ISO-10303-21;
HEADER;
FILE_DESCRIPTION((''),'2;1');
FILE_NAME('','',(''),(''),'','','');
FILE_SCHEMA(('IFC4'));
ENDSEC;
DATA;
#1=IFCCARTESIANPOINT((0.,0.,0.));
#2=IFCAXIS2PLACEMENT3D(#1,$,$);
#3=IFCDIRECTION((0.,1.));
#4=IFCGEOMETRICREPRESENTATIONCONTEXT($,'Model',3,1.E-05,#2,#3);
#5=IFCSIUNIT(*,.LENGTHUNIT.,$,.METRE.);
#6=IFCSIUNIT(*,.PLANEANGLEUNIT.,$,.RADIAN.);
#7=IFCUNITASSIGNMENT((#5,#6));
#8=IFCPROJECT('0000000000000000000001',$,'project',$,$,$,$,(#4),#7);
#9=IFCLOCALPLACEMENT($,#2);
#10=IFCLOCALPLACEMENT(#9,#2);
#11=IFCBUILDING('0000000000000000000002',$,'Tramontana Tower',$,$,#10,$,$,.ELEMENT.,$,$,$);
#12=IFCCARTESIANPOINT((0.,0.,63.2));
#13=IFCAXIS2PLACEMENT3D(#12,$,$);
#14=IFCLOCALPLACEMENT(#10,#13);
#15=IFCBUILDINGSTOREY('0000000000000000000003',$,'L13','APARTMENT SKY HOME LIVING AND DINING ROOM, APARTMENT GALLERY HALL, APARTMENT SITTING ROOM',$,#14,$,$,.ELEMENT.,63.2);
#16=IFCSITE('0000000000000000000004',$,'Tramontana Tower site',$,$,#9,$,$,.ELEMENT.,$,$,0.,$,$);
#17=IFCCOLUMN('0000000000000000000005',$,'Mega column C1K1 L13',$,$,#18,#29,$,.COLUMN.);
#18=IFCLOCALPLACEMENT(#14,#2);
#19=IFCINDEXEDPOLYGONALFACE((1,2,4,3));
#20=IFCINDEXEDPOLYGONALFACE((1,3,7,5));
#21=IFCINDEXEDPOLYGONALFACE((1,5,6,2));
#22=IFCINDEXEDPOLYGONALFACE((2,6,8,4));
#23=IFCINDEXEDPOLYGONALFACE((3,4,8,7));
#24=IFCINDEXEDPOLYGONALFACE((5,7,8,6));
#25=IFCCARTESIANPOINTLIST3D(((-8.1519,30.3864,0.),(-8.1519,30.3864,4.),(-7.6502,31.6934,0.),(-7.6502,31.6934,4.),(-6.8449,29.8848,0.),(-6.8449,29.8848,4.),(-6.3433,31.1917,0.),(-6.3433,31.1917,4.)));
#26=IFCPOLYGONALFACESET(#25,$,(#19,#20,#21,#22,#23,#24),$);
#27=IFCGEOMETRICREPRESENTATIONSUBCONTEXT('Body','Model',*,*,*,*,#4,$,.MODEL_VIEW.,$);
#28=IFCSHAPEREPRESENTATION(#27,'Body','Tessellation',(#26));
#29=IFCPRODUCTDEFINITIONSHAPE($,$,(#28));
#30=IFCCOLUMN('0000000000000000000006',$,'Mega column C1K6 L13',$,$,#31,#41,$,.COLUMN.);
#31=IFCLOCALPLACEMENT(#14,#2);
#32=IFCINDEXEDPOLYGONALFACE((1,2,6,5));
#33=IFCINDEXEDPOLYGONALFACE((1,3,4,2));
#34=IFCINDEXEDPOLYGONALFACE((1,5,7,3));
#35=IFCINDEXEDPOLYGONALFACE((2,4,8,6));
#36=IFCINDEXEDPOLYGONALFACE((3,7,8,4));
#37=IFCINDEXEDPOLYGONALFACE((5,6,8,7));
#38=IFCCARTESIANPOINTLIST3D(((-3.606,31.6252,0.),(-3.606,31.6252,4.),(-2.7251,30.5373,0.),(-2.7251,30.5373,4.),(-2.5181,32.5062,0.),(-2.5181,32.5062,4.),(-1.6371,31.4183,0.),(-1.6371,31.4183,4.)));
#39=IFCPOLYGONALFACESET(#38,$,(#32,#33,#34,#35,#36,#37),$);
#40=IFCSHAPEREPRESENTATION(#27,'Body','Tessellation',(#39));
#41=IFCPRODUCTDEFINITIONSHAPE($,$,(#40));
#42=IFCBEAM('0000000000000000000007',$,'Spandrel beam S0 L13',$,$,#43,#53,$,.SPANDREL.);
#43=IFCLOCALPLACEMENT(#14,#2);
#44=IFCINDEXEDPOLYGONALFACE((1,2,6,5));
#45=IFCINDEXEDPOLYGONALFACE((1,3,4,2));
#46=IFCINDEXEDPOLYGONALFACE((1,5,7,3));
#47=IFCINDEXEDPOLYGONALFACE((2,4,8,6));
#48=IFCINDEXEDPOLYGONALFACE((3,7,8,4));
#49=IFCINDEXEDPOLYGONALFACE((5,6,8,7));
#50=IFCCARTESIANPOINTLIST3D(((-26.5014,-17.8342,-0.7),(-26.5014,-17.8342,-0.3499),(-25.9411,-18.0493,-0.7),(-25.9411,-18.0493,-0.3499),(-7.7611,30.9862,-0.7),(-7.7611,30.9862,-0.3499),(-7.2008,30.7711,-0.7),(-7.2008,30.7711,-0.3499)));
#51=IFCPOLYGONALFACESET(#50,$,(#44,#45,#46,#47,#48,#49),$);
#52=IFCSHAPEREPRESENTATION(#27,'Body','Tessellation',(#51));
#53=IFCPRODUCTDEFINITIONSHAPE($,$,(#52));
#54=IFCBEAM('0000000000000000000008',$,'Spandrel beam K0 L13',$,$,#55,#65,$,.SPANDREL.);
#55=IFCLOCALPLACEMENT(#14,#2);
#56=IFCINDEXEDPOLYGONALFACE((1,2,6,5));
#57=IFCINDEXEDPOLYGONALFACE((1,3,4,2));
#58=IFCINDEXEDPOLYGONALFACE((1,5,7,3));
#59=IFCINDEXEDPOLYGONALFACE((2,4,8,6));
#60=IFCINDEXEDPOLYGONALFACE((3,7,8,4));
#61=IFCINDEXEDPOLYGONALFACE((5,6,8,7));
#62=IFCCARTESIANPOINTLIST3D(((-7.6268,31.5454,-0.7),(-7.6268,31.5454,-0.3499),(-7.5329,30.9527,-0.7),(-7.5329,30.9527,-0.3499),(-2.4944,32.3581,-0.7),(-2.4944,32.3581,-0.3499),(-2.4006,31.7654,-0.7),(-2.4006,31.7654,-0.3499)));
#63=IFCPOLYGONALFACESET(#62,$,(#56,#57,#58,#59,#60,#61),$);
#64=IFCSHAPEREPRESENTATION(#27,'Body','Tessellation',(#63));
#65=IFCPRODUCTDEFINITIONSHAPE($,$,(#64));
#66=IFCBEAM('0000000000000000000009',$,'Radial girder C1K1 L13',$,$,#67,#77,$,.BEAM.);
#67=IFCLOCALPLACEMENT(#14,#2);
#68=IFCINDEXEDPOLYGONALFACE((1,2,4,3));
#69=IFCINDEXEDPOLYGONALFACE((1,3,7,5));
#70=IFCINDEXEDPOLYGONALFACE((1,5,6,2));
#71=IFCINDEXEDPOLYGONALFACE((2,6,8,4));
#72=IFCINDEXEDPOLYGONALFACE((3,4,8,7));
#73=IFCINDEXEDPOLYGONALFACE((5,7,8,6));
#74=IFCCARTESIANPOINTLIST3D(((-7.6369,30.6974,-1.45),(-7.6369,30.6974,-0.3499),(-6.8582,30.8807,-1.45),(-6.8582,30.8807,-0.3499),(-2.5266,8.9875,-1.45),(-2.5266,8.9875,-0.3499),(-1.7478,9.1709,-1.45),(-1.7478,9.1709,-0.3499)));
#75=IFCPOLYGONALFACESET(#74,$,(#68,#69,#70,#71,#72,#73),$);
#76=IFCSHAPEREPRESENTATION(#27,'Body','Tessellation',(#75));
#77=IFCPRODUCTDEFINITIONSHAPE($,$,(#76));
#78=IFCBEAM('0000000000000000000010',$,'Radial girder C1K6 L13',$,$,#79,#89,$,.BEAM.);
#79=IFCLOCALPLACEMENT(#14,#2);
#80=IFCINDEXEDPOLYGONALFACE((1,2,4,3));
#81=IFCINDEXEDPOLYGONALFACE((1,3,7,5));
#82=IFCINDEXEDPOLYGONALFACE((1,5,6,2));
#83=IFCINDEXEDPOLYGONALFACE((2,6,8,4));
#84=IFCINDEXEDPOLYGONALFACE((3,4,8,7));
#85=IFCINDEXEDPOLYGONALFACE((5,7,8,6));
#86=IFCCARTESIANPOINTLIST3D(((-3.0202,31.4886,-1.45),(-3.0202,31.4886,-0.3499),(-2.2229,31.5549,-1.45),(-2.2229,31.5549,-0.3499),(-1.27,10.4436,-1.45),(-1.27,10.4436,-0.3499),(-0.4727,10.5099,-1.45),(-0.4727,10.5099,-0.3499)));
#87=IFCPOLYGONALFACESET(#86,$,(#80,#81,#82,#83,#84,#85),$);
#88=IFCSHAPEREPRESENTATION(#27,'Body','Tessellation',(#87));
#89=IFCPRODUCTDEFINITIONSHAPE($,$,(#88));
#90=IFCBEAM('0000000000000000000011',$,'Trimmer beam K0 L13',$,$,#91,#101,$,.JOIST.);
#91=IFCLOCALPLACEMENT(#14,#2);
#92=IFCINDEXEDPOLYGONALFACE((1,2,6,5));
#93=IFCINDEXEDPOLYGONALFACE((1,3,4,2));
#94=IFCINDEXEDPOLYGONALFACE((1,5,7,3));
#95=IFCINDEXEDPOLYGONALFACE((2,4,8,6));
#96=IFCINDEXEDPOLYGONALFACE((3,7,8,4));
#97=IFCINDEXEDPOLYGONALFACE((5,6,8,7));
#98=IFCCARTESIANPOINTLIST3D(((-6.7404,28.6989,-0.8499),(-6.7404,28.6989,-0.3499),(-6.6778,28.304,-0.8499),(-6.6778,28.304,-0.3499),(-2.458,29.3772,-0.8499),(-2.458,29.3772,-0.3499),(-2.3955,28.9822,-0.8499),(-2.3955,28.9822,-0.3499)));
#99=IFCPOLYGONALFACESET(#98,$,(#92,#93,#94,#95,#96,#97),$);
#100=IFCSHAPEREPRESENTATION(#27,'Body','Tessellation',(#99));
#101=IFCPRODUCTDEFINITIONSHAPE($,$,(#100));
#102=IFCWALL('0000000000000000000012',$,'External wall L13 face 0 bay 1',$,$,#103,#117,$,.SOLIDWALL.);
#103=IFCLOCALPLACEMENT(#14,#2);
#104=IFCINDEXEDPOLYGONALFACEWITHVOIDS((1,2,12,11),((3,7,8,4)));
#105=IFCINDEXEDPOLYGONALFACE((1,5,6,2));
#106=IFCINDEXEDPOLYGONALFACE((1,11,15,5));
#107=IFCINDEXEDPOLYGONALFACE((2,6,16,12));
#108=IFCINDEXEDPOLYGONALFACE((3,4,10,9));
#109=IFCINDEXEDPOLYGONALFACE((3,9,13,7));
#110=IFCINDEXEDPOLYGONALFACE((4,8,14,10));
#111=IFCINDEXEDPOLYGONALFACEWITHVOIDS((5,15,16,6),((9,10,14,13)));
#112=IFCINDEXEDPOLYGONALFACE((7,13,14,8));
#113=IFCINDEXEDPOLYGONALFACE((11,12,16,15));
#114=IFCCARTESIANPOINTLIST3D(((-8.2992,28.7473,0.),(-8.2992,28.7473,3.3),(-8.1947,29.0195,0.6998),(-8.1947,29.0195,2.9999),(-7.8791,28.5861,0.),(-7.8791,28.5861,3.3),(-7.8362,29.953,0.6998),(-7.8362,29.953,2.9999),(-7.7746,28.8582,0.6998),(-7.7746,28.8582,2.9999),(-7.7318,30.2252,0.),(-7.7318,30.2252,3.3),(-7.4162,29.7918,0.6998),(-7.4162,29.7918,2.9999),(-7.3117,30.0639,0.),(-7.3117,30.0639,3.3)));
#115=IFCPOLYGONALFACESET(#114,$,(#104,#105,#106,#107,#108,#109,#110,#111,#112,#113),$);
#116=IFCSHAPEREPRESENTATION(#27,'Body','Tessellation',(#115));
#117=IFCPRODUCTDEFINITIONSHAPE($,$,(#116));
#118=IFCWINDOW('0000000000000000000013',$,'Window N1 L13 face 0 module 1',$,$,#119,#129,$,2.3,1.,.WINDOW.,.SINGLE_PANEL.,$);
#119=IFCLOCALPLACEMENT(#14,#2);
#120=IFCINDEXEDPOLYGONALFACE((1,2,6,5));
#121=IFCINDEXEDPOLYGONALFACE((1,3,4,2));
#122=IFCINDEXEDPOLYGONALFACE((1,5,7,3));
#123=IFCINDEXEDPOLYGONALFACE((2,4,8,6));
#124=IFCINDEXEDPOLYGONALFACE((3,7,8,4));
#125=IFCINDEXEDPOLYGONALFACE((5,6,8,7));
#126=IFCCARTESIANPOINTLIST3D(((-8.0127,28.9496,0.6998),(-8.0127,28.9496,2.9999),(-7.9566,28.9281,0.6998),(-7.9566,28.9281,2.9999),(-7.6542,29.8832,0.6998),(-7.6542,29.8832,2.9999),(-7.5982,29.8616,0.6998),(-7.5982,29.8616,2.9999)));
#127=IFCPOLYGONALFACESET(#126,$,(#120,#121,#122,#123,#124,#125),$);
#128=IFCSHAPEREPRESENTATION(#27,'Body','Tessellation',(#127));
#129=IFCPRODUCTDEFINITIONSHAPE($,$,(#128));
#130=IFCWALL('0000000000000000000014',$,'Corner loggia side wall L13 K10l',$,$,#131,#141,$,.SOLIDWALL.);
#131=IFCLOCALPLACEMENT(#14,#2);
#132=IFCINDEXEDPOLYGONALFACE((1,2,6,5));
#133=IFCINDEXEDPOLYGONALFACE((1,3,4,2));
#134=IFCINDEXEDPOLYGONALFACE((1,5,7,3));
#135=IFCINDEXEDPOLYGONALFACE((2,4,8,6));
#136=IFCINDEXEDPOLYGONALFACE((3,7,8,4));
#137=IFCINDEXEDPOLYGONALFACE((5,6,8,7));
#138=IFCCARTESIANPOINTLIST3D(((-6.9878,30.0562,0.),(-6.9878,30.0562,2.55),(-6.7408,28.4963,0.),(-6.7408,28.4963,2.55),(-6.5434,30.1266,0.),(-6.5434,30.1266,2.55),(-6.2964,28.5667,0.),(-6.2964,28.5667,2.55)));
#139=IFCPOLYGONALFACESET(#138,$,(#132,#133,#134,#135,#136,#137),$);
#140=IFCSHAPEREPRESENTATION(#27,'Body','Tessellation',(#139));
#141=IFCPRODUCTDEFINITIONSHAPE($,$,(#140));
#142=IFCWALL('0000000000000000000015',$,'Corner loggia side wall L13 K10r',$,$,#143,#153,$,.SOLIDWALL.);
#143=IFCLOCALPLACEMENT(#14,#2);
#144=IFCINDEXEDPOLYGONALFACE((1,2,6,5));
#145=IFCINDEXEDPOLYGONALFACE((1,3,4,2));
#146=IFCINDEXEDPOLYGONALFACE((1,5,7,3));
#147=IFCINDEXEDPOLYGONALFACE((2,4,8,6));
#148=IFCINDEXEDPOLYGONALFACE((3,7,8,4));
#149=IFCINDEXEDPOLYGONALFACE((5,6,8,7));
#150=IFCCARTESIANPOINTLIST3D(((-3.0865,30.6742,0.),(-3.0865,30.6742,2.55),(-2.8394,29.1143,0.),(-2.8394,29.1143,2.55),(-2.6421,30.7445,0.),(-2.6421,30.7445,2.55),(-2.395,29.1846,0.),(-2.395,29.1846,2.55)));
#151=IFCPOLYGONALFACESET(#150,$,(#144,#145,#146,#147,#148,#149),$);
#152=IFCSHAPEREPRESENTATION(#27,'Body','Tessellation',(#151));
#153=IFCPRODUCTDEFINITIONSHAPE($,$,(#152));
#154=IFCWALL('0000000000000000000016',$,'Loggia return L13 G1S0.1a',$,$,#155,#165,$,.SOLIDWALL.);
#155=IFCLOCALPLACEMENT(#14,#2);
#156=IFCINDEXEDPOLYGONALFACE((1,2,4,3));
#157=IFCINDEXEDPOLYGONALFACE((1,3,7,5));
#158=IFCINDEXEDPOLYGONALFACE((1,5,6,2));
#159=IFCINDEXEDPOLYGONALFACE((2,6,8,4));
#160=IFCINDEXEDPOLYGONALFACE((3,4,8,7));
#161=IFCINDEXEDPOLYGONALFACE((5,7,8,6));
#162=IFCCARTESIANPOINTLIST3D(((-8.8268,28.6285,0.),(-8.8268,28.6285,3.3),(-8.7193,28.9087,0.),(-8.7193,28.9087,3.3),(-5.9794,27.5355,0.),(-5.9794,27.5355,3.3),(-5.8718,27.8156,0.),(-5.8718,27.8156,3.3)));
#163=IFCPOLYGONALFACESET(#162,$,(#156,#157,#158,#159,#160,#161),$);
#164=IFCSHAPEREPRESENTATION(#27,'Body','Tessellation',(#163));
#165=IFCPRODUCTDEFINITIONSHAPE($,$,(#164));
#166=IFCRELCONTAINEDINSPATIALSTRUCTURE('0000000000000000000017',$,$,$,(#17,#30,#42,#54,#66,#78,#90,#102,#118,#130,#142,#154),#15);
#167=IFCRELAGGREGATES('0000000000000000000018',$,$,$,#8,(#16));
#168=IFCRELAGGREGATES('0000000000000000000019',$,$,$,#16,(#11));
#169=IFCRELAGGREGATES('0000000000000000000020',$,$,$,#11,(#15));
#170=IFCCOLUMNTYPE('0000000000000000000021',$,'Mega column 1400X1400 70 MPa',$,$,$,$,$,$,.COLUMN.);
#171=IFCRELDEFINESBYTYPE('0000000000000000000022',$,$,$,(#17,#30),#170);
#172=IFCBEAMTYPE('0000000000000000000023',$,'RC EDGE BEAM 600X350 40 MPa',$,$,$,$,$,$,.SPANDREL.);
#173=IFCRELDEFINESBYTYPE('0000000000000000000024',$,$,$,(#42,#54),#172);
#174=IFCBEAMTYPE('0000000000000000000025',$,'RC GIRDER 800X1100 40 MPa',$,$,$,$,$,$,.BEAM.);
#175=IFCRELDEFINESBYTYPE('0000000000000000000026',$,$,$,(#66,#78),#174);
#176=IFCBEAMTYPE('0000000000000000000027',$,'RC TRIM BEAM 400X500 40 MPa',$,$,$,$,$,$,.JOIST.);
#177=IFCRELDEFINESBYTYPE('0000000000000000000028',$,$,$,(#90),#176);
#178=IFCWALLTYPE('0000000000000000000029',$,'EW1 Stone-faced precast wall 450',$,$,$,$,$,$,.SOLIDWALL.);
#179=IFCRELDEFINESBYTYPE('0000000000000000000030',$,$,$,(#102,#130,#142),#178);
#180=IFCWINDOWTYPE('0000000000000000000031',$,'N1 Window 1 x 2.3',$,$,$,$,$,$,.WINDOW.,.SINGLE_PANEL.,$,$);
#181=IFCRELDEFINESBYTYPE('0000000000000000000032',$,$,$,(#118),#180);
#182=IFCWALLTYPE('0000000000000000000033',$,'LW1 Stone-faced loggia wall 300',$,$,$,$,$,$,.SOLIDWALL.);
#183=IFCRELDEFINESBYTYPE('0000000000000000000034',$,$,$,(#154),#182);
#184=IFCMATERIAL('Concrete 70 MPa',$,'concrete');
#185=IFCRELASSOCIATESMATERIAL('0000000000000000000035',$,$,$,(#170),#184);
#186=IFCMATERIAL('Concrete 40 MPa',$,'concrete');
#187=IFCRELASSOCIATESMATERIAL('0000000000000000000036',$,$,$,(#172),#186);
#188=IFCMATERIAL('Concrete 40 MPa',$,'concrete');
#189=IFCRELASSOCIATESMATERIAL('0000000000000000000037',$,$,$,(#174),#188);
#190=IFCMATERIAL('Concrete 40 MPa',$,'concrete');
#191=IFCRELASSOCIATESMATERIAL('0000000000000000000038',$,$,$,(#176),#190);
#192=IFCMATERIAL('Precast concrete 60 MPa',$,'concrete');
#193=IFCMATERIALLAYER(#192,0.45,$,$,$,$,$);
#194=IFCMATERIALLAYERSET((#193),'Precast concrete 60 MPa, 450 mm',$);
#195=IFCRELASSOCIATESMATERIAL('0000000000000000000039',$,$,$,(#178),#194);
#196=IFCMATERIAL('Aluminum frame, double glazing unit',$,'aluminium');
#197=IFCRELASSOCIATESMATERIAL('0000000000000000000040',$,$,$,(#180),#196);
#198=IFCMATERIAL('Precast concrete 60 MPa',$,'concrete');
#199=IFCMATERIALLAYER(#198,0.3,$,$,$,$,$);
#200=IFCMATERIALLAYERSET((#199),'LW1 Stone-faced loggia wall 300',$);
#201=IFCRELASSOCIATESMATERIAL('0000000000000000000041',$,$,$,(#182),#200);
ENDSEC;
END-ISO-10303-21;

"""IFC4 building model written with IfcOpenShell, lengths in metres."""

from ifc_helpers import new_model, si_unit, direction, frame, frame_2d, origin, origin_2d, place, context, subcontext, project, spatial, rectangle, extrude, material, layer, layer_set, material_profile, profile_set, type_object, element, fill, save


model = new_model("IFC4")

# Units and contexts
model_context = context("Model", 3, precision=1e-05, world=origin(), true_north=direction((0.0, 1.0)))
body_context = subcontext(model_context, "Body", "Model", "MODEL_VIEW")
ifc_project = project(units=[si_unit("LENGTHUNIT", "METRE"), si_unit("PLANEANGLEUNIT", "RADIAN")], contexts=[model_context])

# Site, building, storey
site_placement = place(None, origin())
site = spatial("IfcSite", under=ifc_project, at=site_placement, Name="Tramontana Tower site", CompositionType="ELEMENT", RefElevation=0.0)
building_placement = place(site_placement, origin())
building = spatial("IfcBuilding", under=site, at=building_placement, Name="Tramontana Tower", CompositionType="ELEMENT")
storey_placement = place(building_placement, frame((0.0, 0.0, 63.2)))
storey = spatial("IfcBuildingStorey", under=building, at=storey_placement, Name="L13", Description="APARTMENT SKY HOME LIVING AND DINING ROOM, APARTMENT GALLERY HALL, APARTMENT SITTING ROOM", CompositionType="ELEMENT", Elevation=63.2)

# Columns
ifc_material_1 = material(Name="Concrete 70 MPa", Category="concrete")
ifc_material_profile_1 = material_profile(ifc_material_1, rectangle(XDim=1.3999, YDim=1.3999, at=origin_2d()), Name="Mega column 1400X1400 70 MPa")
ifc_profile_set_1 = profile_set([ifc_material_profile_1], Name="Concrete 70 MPa")
column_type = type_object("IfcColumnType", Name="Mega column 1400X1400 70 MPa", PredefinedType="COLUMN", material=ifc_profile_set_1)
for number, where, z_axis, x_axis, name in (
    (1, (-7.2476, 30.7891, 0.0), (0.0, 0.0, 1.0), (-0.358368, -0.93358, 0.0), "Mega column C1K1 L13"),
    (2, (-2.6216, 31.5217, 0.0), (0.0, 0.0, 1.0), (-0.62932, 0.777146, 0.0), "Mega column C1K6 L13"),
):
    element("IfcColumn", number, at=place(storey_placement, frame(where, z_axis=z_axis, x_axis=x_axis)), inside=storey, type_object=column_type, Name=name, PredefinedType="COLUMN", context=body_context, shape_type="SweptSolid", body=[
        extrude(rectangle(XDim=1.3999, YDim=1.3999, at=origin_2d()), origin(), (0.0, 0.0, 1.0), 4.0),
    ])

# Beams
ifc_material_2 = material(Name="Concrete 40 MPa", Category="concrete")
ifc_material_profile_2 = material_profile(ifc_material_2, rectangle(XDim=0.6001, YDim=0.3501, at=origin_2d()), Name="RC EDGE BEAM 600X350 40 MPa")
ifc_profile_set_2 = profile_set([ifc_material_profile_2], Name="Concrete 40 MPa")
beam_type_1 = type_object("IfcBeamType", Name="RC EDGE BEAM 600X350 40 MPa", PredefinedType="SPANDREL", material=ifc_profile_set_2)
beam_1_placement = place(storey_placement, frame((-7.481, 30.8787, -0.5249), z_axis=(-0.358366, -0.933581, 0.0), x_axis=(0.933581, -0.358366, 0.0)))
element("IfcBeam", 3, at=beam_1_placement, inside=storey, type_object=beam_type_1, Name="Spandrel beam S0 L13", PredefinedType="SPANDREL", context=body_context, shape_type="SweptSolid", body=[
    extrude(rectangle(XDim=0.6001, YDim=0.3501, at=origin_2d()), origin(), (0.0, 0.0, 1.0), 52.2937),
])
beam_2_placement = place(storey_placement, frame((-2.4475, 32.0618, -0.5249), z_axis=(-0.987692, -0.156409, 0.0), x_axis=(0.156409, -0.987692, 0.0)))
element("IfcBeam", 4, at=beam_2_placement, inside=storey, type_object=beam_type_1, Name="Spandrel beam K0 L13", PredefinedType="SPANDREL", context=body_context, shape_type="SweptSolid", body=[
    extrude(rectangle(XDim=0.6001, YDim=0.3501, at=origin_2d()), origin(), (0.0, 0.0, 1.0), 5.1963),
])
ifc_material_3 = material(Name="Concrete 40 MPa", Category="concrete")
ifc_material_profile_3 = material_profile(ifc_material_3, rectangle(XDim=0.8, YDim=1.1001, at=origin_2d()), Name="RC GIRDER 800X1100 40 MPa")
ifc_profile_set_3 = profile_set([ifc_material_profile_3], Name="Concrete 40 MPa")
beam_type_2 = type_object("IfcBeamType", Name="RC GIRDER 800X1100 40 MPa", PredefinedType="BEAM", material=ifc_profile_set_3)
beam_3_placement = place(storey_placement, frame((-7.2476, 30.7891, -0.8999), z_axis=(0.22913, -0.973396, 0.0), x_axis=(0.973396, 0.22913, 0.0)))
element("IfcBeam", 5, at=beam_3_placement, inside=storey, type_object=beam_type_2, Name="Radial girder C1K1 L13", PredefinedType="BEAM", context=body_context, shape_type="SweptSolid", body=[
    extrude(rectangle(XDim=0.8, YDim=1.1001, at=origin_2d()), origin(), (0.0, 0.0, 1.0), 22.3032),
])
beam_4_placement = place(storey_placement, frame((-2.6216, 31.5217, -0.8999), z_axis=(0.082881, -0.996559, 0.0), x_axis=(0.996559, 0.082881, 0.0)))
element("IfcBeam", 6, at=beam_4_placement, inside=storey, type_object=beam_type_2, Name="Radial girder C1K6 L13", PredefinedType="BEAM", context=body_context, shape_type="SweptSolid", body=[
    extrude(rectangle(XDim=0.8, YDim=1.1001, at=origin_2d()), origin(), (0.0, 0.0, 1.0), 21.1177),
])
ifc_material_4 = material(Name="Concrete 40 MPa", Category="concrete")
ifc_material_profile_4 = material_profile(ifc_material_4, rectangle(XDim=0.3999, YDim=0.5, at=origin_2d()), Name="RC TRIM BEAM 400X500 40 MPa")
ifc_profile_set_4 = profile_set([ifc_material_profile_4], Name="Concrete 40 MPa")
beam_type_3 = type_object("IfcBeamType", Name="RC TRIM BEAM 400X500 40 MPa", PredefinedType="JOIST", material=ifc_profile_set_4)
beam_5_placement = place(storey_placement, frame((-2.4268, 29.1797, -0.5999), z_axis=(-0.987689, -0.156431, 0.0), x_axis=(0.156431, -0.987689, 0.0)))
element("IfcBeam", 7, at=beam_5_placement, inside=storey, type_object=beam_type_3, Name="Trimmer beam K0 L13", PredefinedType="JOIST", context=body_context, shape_type="SweptSolid", body=[
    extrude(rectangle(XDim=0.3999, YDim=0.5, at=origin_2d()), origin(), (0.0, 0.0, 1.0), 4.3357),
])

# Wall, opening, window
ifc_material_5 = material(Name="Precast concrete 60 MPa", Category="concrete")
ifc_layer_1 = layer(ifc_material_5, 0.45)
ifc_layer_set_1 = layer_set([ifc_layer_1], Name="Precast concrete 60 MPa, 450 mm")
wall_type_1 = type_object("IfcWallType", Name="EW1 Stone-faced precast wall 450", PredefinedType="SOLIDWALL", material=ifc_layer_set_1)
wall_1_placement = place(storey_placement, frame((-7.5217, 30.1445, 0.0), z_axis=(0.0, 0.0, 1.0), x_axis=(-0.358431, -0.933556, 0.0)))
wall_1 = element("IfcWall", 8, at=wall_1_placement, inside=storey, type_object=wall_type_1, Name="External wall L13 face 0 bay 1", PredefinedType="SOLIDWALL", context=body_context, shape_type="SweptSolid", body=[
    extrude(rectangle(XDim=1.583, YDim=0.45, at=frame_2d((0.7915, 0.0))), origin(), (0.0, 0.0, 1.0), 3.3),
])
opening_1_placement = place(wall_1_placement, frame((0.2915, 0.0, 0.7)))
opening_1 = element("IfcOpeningElement", 9, at=opening_1_placement, cuts=wall_1, PredefinedType="OPENING", context=body_context, shape_type="SweptSolid", body=[
    extrude(rectangle(XDim=1.0, YDim=2.3, at=frame_2d((0.5, 1.1499))), frame((0.0, 0.2349, 0.0), z_axis=(0.0, -1.0, 0.0), x_axis=(1.0, 0.0, 0.0)), (0.0, 0.0, 1.0), 0.47),
])
ifc_material_6 = material(Name="Aluminum frame, double glazing unit", Category="aluminium")
window_type = type_object("IfcWindowType", Name="N1 Window 1 x 2.3", PartitioningType="SINGLE_PANEL", PredefinedType="WINDOW", material=ifc_material_6)
window_placement = place(opening_1_placement, origin())
window = element("IfcWindow", 10, at=window_placement, inside=storey, type_object=window_type, Name="Window N1 L13 face 0 module 1", OverallHeight=2.3, OverallWidth=1.0, PartitioningType="SINGLE_PANEL", PredefinedType="WINDOW", context=body_context, shape_type="SweptSolid", body=[
    extrude(rectangle(XDim=1.0, YDim=2.3, at=frame_2d((0.5, 1.1499))), frame((0.0, 0.03, 0.0), z_axis=(0.0, -1.0, 0.0), x_axis=(1.0, 0.0, 0.0)), (0.0, 0.0, 1.0), 0.0601),
])
fill(opening_1, window)

# Walls
for number, where, z_axis, x_axis, name in (
    (11, (-6.7656, 30.0913, 0.0), (0.0, 0.0, 1.0), (0.156447, -0.987686, 0.0), "Corner loggia side wall L13 K10l"),
    (12, (-2.8643, 30.7092, 0.0), (0.0, 0.0, 1.0), (0.156447, -0.987686, 0.0), "Corner loggia side wall L13 K10r"),
):
    element("IfcWall", number, at=place(storey_placement, frame(where, z_axis=z_axis, x_axis=x_axis)), inside=storey, type_object=wall_type_1, Name=name, PredefinedType="SOLIDWALL", context=body_context, shape_type="SweptSolid", body=[
        extrude(rectangle(XDim=1.5793, YDim=0.45, at=frame_2d((0.7896, 0.0))), origin(), (0.0, 0.0, 1.0), 2.55),
    ])

# Wall
ifc_material_7 = material(Name="Precast concrete 60 MPa", Category="concrete")
ifc_layer_2 = layer(ifc_material_7, 0.3)
ifc_layer_set_2 = layer_set([ifc_layer_2], Name="LW1 Stone-faced loggia wall 300")
wall_type_2 = type_object("IfcWallType", Name="LW1 Stone-faced loggia wall 300", PredefinedType="SOLIDWALL", material=ifc_layer_set_2)
wall_2_placement = place(storey_placement, frame((-8.7729, 28.7686, 0.0), z_axis=(0.0, 0.0, 1.0), x_axis=(0.933581, -0.358368, 0.0)))
element("IfcWall", 13, at=wall_2_placement, inside=storey, type_object=wall_type_2, Name="Loggia return L13 G1S0.1a", PredefinedType="SOLIDWALL", context=body_context, shape_type="SweptSolid", body=[
    extrude(rectangle(XDim=3.05, YDim=0.3, at=frame_2d((1.5249, 0.0))), origin(), (0.0, 0.0, 1.0), 3.3),
])

save(model, "model.ifc")
